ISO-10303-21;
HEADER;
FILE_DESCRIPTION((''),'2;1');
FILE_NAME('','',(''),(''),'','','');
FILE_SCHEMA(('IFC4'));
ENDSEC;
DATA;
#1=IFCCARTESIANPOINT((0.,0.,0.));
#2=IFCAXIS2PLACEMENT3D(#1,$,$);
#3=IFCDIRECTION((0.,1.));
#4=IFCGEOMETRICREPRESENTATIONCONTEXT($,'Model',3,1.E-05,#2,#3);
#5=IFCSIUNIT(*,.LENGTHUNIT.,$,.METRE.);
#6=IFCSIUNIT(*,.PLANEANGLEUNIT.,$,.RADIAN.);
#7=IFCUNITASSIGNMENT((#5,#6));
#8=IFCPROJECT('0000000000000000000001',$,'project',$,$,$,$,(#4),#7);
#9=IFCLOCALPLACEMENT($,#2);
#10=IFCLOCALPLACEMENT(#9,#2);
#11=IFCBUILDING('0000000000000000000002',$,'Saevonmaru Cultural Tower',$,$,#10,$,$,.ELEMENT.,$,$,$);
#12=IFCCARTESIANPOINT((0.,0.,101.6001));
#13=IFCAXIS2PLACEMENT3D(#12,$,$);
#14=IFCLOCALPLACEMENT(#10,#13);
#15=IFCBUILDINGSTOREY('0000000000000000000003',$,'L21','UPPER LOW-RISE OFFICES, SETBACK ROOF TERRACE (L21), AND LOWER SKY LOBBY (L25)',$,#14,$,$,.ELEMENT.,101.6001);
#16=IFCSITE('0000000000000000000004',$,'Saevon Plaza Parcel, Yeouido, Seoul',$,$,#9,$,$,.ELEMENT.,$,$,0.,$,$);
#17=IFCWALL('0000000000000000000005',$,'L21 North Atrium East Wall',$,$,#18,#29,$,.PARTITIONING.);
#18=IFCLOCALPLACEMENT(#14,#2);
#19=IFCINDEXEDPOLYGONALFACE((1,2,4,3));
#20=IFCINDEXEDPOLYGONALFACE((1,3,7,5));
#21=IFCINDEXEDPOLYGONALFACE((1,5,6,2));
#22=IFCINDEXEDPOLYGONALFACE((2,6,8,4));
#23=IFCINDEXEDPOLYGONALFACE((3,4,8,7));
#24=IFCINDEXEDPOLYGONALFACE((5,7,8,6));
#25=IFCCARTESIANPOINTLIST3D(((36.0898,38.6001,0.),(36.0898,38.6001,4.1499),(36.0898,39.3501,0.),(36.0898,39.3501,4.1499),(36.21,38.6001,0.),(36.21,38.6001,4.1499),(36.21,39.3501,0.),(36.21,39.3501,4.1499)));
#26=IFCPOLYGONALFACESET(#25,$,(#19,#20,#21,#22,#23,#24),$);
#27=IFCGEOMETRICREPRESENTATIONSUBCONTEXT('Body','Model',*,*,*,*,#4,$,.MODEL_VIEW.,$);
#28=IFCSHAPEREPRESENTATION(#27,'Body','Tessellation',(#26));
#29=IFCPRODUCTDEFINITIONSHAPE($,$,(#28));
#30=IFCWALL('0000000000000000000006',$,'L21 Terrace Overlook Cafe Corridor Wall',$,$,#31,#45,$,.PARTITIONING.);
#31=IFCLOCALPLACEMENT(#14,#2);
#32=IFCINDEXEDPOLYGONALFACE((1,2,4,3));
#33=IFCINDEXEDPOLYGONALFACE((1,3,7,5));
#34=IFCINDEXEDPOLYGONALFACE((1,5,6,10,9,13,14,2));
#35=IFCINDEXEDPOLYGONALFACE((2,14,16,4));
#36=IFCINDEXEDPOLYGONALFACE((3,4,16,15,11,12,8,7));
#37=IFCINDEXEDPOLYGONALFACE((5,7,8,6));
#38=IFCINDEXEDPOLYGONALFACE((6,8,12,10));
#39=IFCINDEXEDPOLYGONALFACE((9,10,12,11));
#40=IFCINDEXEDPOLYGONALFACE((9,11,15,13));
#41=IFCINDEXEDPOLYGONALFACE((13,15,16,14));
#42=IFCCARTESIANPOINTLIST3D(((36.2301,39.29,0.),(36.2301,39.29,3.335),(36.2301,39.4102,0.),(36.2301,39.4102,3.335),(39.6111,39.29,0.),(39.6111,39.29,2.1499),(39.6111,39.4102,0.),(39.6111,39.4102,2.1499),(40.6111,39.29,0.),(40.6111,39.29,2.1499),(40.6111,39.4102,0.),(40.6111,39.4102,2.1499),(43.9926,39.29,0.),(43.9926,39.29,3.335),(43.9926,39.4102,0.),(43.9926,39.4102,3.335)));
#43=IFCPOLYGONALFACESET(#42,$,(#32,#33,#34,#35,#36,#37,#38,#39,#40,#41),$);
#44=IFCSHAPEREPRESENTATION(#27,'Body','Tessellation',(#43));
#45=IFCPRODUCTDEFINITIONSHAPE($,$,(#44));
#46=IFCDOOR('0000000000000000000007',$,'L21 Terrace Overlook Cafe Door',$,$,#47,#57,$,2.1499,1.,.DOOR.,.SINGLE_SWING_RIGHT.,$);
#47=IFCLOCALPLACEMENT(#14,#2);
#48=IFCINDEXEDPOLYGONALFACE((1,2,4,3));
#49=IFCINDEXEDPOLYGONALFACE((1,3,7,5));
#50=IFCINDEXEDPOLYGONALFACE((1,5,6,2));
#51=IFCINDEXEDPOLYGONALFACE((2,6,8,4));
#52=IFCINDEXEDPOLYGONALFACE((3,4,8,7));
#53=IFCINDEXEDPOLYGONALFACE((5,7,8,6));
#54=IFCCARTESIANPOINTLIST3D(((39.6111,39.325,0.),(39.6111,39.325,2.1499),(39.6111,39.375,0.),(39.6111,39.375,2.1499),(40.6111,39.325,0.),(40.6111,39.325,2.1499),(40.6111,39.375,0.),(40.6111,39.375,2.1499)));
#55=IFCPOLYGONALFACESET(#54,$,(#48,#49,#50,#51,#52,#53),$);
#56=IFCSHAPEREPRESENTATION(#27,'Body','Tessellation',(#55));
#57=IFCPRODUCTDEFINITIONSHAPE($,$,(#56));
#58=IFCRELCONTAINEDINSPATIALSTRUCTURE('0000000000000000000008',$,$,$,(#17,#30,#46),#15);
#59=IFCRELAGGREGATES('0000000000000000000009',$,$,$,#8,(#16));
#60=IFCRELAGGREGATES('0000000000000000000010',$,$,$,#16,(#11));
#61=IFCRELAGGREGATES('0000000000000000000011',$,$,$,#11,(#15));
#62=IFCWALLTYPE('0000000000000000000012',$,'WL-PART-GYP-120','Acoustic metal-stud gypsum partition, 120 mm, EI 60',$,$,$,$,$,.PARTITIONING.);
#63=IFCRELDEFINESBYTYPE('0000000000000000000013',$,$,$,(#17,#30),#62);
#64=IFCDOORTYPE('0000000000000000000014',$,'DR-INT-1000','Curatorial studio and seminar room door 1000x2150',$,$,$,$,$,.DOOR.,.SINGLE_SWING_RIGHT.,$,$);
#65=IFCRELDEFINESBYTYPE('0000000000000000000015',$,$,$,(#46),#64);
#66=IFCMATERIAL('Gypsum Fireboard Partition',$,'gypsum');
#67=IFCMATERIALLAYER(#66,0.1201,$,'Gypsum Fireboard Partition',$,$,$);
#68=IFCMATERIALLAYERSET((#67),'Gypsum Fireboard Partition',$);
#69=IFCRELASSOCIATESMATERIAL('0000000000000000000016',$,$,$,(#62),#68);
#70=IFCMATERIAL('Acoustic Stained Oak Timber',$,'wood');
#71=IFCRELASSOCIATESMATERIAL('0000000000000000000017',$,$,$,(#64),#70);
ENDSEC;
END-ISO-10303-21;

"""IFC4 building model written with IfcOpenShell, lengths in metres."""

from ifc_helpers import new_model, si_unit, direction, frame, frame_2d, origin, place, context, subcontext, project, spatial, rectangle, extrude, material, layer, layer_set, type_object, element, fill, save


model = new_model("IFC4")

# Units and contexts
model_context = context("Model", 3, precision=1e-05, world=origin(), true_north=direction((0.0, 1.0)))
body_context = subcontext(model_context, "Body", "Model", "MODEL_VIEW")
ifc_project = project(units=[si_unit("LENGTHUNIT", "METRE"), si_unit("PLANEANGLEUNIT", "RADIAN")], contexts=[model_context])

# Site, building, storey
site_placement = place(None, origin())
site = spatial("IfcSite", under=ifc_project, at=site_placement, Name="Saevon Plaza Parcel, Yeouido, Seoul", CompositionType="ELEMENT", RefElevation=0.0)
building_placement = place(site_placement, origin())
building = spatial("IfcBuilding", under=site, at=building_placement, Name="Saevonmaru Cultural Tower", CompositionType="ELEMENT")
storey_placement = place(building_placement, frame((0.0, 0.0, 101.6001)))
storey = spatial("IfcBuildingStorey", under=building, at=storey_placement, Name="L21", Description="UPPER LOW-RISE OFFICES, SETBACK ROOF TERRACE (L21), AND LOWER SKY LOBBY (L25)", CompositionType="ELEMENT", Elevation=101.6001)

# Wall
ifc_material_1 = material(Name="Gypsum Fireboard Partition", Category="gypsum")
ifc_layer_1 = layer(ifc_material_1, 0.1201, Name="Gypsum Fireboard Partition")
ifc_layer_set_1 = layer_set([ifc_layer_1], Name="Gypsum Fireboard Partition")
wall_type_1 = type_object("IfcWallType", Name="WL-PART-GYP-120", Description="Acoustic metal-stud gypsum partition, 120 mm, EI 60", PredefinedType="PARTITIONING", material=ifc_layer_set_1)
wall_1_placement = place(storey_placement, frame((36.1499, 38.6001, 0.0), z_axis=(0.0, 0.0, 1.0), x_axis=(0.0, 1.0, 0.0)))
element("IfcWall", 1, at=wall_1_placement, inside=storey, type_object=wall_type_1, Name="L21 North Atrium East Wall", PredefinedType="PARTITIONING", context=body_context, shape_type="SweptSolid", body=[
    extrude(rectangle(XDim=0.75, YDim=0.1201, at=frame_2d((0.375, 0.0))), origin(), (0.0, 0.0, 1.0), 4.1499),
])

# Wall, opening, door
wall_2_placement = place(storey_placement, frame((36.23, 39.3501, 0.0), z_axis=(0.0, 0.0, 1.0), x_axis=(1.0, 0.0, 0.0)))
wall_2 = element("IfcWall", 2, at=wall_2_placement, inside=storey, type_object=wall_type_1, Name="L21 Terrace Overlook Cafe Corridor Wall", PredefinedType="PARTITIONING", context=body_context, shape_type="SweptSolid", body=[
    extrude(rectangle(XDim=7.7625, YDim=0.1201, at=frame_2d((3.8813, 0.0))), origin(), (0.0, 0.0, 1.0), 3.335),
])
opening_placement = place(wall_2_placement, frame((3.3811, 0.0, 0.0)))
opening = element("IfcOpeningElement", 3, at=opening_placement, cuts=wall_2, PredefinedType="OPENING", context=body_context, shape_type="SweptSolid", body=[
    extrude(rectangle(XDim=1.0, YDim=2.1499, at=frame_2d((0.5, 1.075))), frame((0.0, 0.0701, 0.0), z_axis=(0.0, -1.0, 0.0), x_axis=(1.0, 0.0, 0.0)), (0.0, 0.0, 1.0), 0.1401),
])
ifc_material_2 = material(Name="Acoustic Stained Oak Timber", Category="wood")
door_type = type_object("IfcDoorType", Name="DR-INT-1000", Description="Curatorial studio and seminar room door 1000x2150", OperationType="SINGLE_SWING_RIGHT", PredefinedType="DOOR", material=ifc_material_2)
door_placement = place(opening_placement, origin())
door = element("IfcDoor", 4, at=door_placement, inside=storey, type_object=door_type, Name="L21 Terrace Overlook Cafe Door", OperationType="SINGLE_SWING_RIGHT", OverallHeight=2.1499, OverallWidth=1.0, PredefinedType="DOOR", context=body_context, shape_type="SweptSolid", body=[
    extrude(rectangle(XDim=1.0, YDim=2.1499, at=frame_2d((0.5, 1.075))), frame((0.0, 0.0249, 0.0), z_axis=(0.0, -1.0, 0.0), x_axis=(1.0, 0.0, 0.0)), (0.0, 0.0, 1.0), 0.05),
])
fill(opening, door)

save(model, "model.ifc")
